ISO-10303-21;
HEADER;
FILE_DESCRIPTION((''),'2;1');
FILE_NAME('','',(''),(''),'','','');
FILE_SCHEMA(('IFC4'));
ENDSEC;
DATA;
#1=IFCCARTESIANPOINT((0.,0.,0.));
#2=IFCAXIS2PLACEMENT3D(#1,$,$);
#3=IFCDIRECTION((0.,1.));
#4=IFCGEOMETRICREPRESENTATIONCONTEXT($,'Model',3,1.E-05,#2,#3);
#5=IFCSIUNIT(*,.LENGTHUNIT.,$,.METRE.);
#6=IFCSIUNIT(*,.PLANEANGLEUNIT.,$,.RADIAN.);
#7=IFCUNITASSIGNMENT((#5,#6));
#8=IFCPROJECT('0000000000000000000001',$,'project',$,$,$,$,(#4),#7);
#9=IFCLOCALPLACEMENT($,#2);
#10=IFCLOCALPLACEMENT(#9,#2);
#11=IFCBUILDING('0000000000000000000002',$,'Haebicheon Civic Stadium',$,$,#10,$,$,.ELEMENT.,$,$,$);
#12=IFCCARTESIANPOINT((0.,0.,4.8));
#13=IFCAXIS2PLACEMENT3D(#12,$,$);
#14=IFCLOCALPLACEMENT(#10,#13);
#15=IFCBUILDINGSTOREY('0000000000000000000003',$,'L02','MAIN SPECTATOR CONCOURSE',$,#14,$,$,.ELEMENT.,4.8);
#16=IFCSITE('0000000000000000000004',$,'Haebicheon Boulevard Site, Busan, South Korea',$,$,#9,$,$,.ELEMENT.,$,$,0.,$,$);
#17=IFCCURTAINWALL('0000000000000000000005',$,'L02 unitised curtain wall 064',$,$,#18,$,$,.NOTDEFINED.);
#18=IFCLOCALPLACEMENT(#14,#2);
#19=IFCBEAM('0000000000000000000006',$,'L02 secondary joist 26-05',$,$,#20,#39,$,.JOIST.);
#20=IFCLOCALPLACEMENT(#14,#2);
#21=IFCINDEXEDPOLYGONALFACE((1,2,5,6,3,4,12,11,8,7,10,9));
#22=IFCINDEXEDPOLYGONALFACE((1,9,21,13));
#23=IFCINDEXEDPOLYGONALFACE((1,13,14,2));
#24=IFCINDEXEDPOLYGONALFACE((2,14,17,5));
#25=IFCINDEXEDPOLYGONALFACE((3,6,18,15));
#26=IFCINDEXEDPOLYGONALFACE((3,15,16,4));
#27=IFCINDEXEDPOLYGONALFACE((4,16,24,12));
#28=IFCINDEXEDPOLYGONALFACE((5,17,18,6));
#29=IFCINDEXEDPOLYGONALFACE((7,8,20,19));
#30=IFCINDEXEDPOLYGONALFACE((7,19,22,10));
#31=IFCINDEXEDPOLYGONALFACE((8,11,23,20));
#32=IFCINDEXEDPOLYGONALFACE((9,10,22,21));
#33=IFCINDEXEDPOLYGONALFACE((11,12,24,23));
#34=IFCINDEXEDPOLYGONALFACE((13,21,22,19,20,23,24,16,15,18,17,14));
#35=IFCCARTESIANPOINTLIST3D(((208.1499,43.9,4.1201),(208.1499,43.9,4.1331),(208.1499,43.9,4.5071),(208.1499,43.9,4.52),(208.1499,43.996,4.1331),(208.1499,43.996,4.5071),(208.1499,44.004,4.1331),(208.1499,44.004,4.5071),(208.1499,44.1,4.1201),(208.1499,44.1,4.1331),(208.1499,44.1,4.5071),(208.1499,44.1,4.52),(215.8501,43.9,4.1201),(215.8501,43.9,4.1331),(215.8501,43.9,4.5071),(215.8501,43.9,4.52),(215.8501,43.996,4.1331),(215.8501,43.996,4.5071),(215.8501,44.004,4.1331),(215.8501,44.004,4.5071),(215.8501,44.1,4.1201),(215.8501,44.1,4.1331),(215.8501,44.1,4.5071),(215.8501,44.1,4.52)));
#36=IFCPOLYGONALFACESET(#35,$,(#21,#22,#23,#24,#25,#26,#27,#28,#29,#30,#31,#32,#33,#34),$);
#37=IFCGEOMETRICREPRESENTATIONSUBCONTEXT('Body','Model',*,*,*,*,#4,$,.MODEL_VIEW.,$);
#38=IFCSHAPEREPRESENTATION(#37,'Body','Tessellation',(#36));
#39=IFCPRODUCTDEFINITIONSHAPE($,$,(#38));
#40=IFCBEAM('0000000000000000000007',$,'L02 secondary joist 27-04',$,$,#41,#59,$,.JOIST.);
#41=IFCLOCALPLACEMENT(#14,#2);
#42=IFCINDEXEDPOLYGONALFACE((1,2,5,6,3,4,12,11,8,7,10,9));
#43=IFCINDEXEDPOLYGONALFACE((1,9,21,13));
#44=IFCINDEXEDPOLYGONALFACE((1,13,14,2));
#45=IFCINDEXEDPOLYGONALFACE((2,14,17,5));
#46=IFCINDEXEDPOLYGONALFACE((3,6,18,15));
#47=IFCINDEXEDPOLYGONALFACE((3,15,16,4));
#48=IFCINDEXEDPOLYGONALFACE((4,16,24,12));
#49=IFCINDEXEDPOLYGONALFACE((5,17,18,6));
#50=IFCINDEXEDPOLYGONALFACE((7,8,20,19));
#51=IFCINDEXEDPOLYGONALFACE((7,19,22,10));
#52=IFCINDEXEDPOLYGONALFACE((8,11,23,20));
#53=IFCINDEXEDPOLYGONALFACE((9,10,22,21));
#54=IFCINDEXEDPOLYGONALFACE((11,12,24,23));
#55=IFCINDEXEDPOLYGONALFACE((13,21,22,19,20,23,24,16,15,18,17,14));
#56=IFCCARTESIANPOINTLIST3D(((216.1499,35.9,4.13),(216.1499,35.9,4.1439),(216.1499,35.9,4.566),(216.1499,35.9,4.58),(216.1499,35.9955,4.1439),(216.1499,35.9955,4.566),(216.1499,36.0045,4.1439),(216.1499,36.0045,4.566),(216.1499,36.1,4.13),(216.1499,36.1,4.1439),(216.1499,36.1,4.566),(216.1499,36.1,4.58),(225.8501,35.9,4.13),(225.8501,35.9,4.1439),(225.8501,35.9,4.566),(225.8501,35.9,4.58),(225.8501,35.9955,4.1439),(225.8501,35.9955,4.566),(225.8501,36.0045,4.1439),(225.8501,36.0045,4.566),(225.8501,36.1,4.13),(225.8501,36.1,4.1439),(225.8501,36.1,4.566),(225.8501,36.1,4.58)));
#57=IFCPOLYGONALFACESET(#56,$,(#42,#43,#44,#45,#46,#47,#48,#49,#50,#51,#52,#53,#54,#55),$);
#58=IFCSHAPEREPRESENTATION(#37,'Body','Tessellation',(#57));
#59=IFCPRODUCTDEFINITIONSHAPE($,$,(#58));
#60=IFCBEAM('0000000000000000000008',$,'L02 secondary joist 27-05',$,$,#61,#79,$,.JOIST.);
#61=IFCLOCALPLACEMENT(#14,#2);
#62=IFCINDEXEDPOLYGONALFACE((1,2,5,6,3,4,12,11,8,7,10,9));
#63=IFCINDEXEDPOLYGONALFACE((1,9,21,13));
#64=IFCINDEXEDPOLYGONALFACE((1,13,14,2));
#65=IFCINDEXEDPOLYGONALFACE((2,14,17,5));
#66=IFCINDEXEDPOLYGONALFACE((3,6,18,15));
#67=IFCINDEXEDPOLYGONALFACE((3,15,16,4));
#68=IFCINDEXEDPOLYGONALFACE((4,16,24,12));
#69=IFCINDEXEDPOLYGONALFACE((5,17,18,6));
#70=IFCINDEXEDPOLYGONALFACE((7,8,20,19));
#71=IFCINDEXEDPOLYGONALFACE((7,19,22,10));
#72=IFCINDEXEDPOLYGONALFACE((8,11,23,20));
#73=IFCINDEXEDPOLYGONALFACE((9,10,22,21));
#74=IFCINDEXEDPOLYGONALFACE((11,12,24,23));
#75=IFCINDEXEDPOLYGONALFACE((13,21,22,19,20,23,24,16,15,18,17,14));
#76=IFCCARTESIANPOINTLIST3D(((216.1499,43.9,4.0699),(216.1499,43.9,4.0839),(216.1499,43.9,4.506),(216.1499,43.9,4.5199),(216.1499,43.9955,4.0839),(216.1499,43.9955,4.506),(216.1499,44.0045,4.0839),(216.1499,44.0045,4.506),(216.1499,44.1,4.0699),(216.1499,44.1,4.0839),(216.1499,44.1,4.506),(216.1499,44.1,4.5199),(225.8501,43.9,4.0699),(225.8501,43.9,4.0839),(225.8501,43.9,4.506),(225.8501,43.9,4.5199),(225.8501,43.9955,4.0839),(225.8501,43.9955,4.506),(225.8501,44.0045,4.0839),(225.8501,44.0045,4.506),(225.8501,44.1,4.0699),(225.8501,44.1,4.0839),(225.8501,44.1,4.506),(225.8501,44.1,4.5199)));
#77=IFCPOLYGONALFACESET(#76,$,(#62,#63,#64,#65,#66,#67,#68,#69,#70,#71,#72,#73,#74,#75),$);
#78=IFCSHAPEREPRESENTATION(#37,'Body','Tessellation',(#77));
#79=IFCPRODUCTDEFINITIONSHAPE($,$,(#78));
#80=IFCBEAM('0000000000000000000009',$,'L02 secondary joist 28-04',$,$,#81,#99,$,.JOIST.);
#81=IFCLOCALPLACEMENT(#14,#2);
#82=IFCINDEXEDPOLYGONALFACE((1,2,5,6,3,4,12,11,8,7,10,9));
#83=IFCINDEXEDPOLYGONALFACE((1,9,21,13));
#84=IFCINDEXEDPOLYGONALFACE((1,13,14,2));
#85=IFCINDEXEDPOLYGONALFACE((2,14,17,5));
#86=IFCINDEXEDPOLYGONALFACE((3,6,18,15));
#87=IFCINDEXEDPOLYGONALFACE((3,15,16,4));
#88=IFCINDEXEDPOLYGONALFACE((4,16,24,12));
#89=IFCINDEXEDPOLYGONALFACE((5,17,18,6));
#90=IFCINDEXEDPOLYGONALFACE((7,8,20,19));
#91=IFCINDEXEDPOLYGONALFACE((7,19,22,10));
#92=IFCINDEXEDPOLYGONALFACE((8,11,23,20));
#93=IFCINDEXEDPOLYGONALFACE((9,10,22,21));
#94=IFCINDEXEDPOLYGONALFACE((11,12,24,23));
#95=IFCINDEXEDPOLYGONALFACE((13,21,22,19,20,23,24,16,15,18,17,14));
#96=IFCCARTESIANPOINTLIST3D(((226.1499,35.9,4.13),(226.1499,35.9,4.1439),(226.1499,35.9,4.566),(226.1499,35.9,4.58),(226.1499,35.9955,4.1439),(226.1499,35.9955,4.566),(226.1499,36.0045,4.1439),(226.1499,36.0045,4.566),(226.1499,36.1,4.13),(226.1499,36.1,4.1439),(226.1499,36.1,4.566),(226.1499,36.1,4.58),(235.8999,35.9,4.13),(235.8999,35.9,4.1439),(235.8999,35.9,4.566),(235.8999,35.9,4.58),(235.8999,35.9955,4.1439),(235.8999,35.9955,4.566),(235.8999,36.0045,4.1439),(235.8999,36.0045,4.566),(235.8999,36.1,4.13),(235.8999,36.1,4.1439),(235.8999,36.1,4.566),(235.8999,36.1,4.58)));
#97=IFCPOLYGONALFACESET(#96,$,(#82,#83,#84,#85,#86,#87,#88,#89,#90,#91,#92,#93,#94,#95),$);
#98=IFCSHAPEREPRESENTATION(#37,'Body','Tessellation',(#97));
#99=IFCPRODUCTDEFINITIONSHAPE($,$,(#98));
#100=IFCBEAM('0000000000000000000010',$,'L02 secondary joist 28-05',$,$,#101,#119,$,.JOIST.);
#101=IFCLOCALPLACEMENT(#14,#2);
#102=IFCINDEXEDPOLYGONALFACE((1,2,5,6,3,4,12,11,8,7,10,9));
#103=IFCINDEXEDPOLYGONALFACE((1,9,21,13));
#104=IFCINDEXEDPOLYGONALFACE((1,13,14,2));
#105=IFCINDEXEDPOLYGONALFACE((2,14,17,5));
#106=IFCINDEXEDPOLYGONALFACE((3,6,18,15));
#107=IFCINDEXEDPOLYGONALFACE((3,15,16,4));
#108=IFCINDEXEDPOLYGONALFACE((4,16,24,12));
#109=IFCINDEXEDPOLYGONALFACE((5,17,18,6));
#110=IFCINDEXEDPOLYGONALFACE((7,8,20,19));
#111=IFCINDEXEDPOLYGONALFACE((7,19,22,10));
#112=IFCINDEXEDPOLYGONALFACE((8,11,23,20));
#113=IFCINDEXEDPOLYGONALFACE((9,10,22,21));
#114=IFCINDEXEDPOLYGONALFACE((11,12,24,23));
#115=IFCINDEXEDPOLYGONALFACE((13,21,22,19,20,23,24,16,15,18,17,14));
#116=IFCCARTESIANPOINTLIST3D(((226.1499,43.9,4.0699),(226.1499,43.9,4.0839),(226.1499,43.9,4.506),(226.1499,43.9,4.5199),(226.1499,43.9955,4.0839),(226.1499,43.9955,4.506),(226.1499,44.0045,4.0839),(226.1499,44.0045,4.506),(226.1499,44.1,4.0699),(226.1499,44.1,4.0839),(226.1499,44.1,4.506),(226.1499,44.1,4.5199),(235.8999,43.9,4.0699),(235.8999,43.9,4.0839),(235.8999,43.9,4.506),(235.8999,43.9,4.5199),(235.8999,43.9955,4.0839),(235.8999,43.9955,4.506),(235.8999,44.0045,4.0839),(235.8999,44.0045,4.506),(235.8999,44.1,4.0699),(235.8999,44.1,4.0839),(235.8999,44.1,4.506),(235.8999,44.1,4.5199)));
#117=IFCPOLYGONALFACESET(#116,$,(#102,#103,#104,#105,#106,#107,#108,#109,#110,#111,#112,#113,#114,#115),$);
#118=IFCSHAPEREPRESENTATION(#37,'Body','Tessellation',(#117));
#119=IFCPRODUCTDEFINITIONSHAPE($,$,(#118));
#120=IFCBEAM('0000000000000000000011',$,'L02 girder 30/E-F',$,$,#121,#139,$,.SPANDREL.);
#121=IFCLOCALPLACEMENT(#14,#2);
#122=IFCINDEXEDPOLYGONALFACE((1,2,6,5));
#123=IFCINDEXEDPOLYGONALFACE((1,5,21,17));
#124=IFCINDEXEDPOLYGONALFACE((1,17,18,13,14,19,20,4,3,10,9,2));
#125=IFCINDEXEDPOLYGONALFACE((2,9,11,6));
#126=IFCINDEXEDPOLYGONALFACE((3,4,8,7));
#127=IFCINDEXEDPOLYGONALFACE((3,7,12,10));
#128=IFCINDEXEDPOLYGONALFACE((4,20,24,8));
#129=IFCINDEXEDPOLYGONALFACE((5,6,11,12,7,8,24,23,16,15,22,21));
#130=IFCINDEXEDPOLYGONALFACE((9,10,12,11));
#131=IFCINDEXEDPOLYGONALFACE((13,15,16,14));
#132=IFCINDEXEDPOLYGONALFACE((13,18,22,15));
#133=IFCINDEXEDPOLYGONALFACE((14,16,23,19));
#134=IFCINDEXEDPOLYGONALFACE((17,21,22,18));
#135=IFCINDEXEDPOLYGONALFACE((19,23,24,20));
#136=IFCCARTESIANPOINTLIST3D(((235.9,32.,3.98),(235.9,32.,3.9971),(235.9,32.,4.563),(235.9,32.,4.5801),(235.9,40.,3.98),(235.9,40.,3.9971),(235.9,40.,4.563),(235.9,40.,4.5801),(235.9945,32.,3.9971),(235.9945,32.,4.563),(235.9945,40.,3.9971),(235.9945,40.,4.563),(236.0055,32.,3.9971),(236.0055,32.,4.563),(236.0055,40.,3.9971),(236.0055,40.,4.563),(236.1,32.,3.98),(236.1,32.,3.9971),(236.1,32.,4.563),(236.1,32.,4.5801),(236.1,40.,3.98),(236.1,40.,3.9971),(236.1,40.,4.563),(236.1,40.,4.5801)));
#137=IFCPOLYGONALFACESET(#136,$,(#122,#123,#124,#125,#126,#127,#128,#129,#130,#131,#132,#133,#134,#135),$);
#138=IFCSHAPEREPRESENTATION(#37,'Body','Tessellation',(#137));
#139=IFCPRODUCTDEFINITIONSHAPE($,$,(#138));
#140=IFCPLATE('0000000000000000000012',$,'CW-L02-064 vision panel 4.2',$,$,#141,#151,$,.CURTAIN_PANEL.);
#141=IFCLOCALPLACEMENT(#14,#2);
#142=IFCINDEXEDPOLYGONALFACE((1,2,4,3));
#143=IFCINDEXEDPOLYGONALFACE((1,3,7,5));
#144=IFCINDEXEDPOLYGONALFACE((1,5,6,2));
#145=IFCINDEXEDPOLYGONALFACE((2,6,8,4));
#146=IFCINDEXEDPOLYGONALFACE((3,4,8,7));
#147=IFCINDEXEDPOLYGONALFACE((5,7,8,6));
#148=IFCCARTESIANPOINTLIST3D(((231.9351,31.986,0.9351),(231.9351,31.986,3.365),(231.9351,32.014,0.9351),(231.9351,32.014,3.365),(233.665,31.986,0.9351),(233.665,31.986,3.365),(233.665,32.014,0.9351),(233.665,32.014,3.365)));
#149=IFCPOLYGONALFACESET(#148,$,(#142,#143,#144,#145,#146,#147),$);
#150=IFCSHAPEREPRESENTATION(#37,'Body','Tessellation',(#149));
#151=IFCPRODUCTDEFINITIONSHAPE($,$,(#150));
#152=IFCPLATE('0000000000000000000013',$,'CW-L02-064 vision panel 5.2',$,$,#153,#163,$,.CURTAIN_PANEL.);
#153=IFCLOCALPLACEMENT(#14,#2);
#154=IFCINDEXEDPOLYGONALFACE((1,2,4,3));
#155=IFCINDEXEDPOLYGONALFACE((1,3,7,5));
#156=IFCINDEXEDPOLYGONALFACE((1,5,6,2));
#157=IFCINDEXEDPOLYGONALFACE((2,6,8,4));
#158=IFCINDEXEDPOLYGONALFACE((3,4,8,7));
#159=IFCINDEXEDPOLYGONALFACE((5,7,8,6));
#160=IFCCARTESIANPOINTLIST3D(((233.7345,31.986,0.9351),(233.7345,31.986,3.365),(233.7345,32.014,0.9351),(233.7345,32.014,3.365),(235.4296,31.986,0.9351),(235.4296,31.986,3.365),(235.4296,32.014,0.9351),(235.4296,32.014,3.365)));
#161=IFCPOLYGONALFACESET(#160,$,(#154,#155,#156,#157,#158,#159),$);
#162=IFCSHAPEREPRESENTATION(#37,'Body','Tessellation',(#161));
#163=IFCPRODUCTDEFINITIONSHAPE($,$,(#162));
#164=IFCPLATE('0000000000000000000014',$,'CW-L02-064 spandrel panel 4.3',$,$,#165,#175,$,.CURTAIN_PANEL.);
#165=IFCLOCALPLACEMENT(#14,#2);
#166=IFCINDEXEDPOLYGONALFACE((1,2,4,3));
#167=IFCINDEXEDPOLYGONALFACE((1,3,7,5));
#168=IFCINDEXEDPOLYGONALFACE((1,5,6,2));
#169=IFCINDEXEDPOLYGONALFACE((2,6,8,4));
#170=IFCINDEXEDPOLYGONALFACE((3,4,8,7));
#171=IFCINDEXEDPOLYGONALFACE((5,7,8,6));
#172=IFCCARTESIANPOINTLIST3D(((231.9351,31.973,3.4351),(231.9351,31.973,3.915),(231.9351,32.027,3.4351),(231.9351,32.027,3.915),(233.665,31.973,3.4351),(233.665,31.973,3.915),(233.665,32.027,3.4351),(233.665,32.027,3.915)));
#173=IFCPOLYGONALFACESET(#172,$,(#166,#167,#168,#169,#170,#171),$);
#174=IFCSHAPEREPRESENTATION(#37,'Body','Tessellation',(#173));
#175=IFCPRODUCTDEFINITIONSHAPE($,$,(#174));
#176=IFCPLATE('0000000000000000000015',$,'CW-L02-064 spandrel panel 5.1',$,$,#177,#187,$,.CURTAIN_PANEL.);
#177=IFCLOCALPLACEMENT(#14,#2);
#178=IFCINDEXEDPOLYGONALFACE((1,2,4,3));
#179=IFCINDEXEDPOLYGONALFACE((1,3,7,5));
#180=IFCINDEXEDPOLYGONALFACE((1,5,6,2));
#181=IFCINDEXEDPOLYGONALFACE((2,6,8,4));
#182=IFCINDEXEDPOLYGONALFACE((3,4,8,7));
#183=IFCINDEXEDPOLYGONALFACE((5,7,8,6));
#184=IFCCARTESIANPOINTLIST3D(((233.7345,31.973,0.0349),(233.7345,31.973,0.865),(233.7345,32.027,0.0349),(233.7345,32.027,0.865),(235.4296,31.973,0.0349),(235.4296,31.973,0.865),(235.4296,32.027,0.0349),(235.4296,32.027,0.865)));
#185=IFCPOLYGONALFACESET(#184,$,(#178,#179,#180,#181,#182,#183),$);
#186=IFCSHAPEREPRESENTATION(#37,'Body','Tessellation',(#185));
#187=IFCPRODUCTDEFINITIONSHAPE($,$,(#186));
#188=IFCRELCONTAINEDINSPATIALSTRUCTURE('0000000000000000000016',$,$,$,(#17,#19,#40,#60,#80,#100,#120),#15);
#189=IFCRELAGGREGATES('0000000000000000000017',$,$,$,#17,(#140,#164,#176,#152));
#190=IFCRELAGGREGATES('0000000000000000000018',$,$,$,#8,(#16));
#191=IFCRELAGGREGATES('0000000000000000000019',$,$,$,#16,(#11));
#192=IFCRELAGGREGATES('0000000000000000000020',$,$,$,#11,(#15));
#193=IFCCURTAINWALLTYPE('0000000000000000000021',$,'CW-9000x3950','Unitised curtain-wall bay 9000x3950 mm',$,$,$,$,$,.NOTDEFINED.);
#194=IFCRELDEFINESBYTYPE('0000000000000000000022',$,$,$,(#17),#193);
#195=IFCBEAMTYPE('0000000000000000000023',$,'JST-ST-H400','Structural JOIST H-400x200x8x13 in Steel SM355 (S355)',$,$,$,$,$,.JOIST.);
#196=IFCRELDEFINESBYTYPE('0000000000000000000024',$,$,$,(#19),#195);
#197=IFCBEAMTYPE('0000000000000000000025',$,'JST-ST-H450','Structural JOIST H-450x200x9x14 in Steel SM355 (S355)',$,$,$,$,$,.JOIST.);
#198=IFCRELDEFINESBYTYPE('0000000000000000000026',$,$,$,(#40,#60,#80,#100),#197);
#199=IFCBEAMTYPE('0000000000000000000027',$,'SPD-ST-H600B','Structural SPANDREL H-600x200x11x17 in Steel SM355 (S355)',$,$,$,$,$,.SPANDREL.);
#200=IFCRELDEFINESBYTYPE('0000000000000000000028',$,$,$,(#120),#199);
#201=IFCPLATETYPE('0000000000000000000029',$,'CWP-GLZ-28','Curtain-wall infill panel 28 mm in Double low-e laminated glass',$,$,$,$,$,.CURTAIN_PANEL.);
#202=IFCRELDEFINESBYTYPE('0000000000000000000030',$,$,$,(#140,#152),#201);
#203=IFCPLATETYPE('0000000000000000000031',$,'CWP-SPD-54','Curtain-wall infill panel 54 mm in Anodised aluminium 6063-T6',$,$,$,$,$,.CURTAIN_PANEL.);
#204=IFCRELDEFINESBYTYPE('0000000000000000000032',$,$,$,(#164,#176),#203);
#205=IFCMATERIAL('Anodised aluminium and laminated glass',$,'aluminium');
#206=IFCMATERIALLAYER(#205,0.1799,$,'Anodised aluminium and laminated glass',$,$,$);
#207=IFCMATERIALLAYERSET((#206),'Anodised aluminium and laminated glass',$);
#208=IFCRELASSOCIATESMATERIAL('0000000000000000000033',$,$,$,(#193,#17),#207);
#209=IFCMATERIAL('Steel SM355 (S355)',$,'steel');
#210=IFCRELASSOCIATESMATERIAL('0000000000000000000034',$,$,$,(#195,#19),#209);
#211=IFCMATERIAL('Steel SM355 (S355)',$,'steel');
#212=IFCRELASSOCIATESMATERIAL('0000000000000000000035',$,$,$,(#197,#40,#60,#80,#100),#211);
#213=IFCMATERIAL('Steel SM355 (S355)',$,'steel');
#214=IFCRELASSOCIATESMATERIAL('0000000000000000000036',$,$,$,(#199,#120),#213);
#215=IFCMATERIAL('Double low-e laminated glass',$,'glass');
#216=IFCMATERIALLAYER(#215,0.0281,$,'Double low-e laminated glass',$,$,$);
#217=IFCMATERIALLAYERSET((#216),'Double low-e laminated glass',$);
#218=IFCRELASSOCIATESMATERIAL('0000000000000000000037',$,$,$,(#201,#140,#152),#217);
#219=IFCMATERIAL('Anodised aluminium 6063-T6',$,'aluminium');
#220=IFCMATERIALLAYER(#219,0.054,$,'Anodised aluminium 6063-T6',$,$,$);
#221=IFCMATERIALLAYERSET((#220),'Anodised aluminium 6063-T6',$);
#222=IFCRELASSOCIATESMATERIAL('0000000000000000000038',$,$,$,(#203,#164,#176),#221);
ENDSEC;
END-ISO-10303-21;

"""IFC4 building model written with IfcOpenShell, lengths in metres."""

from ifc_helpers import new_model, si_unit, direction, frame, origin, origin_2d, place, context, subcontext, project, spatial, rectangle, i_section, extrude, material, layer, layer_set, material_profile, profile_set, type_object, element, aggregate, save


model = new_model("IFC4")

# Units and contexts
model_context = context("Model", 3, precision=1e-05, world=origin(), true_north=direction((0.0, 1.0)))
body_context = subcontext(model_context, "Body", "Model", "MODEL_VIEW")
ifc_project = project(units=[si_unit("LENGTHUNIT", "METRE"), si_unit("PLANEANGLEUNIT", "RADIAN")], contexts=[model_context])

# Site, building, storey
site_placement = place(None, origin())
site = spatial("IfcSite", under=ifc_project, at=site_placement, Name="Haebicheon Boulevard Site, Busan, South Korea", CompositionType="ELEMENT", RefElevation=0.0)
building_placement = place(site_placement, origin())
building = spatial("IfcBuilding", under=site, at=building_placement, Name="Haebicheon Civic Stadium", CompositionType="ELEMENT")
storey_placement = place(building_placement, frame((0.0, 0.0, 4.8)))
storey = spatial("IfcBuildingStorey", under=building, at=storey_placement, Name="L02", Description="MAIN SPECTATOR CONCOURSE", CompositionType="ELEMENT", Elevation=4.8)

# Curtain wall
ifc_material_1 = material(Name="Anodised aluminium and laminated glass", Category="aluminium")
ifc_layer_1 = layer(ifc_material_1, 0.1799, Name="Anodised aluminium and laminated glass")
ifc_layer_set_1 = layer_set([ifc_layer_1], Name="Anodised aluminium and laminated glass")
curtain_wall_type = type_object("IfcCurtainWallType", Name="CW-9000x3950", Description="Unitised curtain-wall bay 9000x3950 mm", PredefinedType="NOTDEFINED", material=ifc_layer_set_1)
curtain_wall_placement = place(storey_placement, origin())
curtain_wall = element("IfcCurtainWall", 1, at=curtain_wall_placement, inside=storey, type_object=curtain_wall_type, material=ifc_layer_set_1, Name="L02 unitised curtain wall 064", PredefinedType="NOTDEFINED")

# Beams
ifc_material_2 = material(Name="Steel SM355 (S355)", Category="steel")
ifc_material_profile_1 = material_profile(ifc_material_2, i_section(OverallWidth=0.2, OverallDepth=0.3999, WebThickness=0.0081, FlangeThickness=0.0129, at=origin_2d()), Name="H-400x200x8x13")
ifc_profile_set_1 = profile_set([ifc_material_profile_1], Name="Steel SM355 (S355)")
beam_type_1 = type_object("IfcBeamType", Name="JST-ST-H400", Description="Structural JOIST H-400x200x8x13 in Steel SM355 (S355)", PredefinedType="JOIST", material=ifc_profile_set_1)
for number, where, z_axis, x_axis, name in (
    (2, (208.1499, 44.0, 4.3201), (1.0, 0.0, 0.0), (0.0, 1.0, 0.0), "L02 secondary joist 26-05"),
):
    element("IfcBeam", number, at=place(storey_placement, frame(where, z_axis=z_axis, x_axis=x_axis)), inside=storey, type_object=beam_type_1, material=ifc_profile_set_1, Name=name, PredefinedType="JOIST", context=body_context, shape_type="SweptSolid", body=[
        extrude(i_section(OverallWidth=0.2, OverallDepth=0.3999, WebThickness=0.0081, FlangeThickness=0.0129, at=origin_2d()), origin(), (0.0, 0.0, 1.0), 7.7002),
    ])
ifc_material_3 = material(Name="Steel SM355 (S355)", Category="steel")
ifc_material_profile_2 = material_profile(ifc_material_3, i_section(OverallWidth=0.2, OverallDepth=0.45, WebThickness=0.009, FlangeThickness=0.0139, at=origin_2d()), Name="H-450x200x9x14")
ifc_profile_set_2 = profile_set([ifc_material_profile_2], Name="Steel SM355 (S355)")
beam_type_2 = type_object("IfcBeamType", Name="JST-ST-H450", Description="Structural JOIST H-450x200x9x14 in Steel SM355 (S355)", PredefinedType="JOIST", material=ifc_profile_set_2)
for number, where, z_axis, x_axis, name in (
    (3, (216.1499, 36.0, 4.355), (1.0, 0.0, 0.0), (0.0, 1.0, 0.0), "L02 secondary joist 27-04"),
    (4, (216.1499, 44.0, 4.2949), (1.0, 0.0, 0.0), (0.0, 1.0, 0.0), "L02 secondary joist 27-05"),
):
    element("IfcBeam", number, at=place(storey_placement, frame(where, z_axis=z_axis, x_axis=x_axis)), inside=storey, type_object=beam_type_2, material=ifc_profile_set_2, Name=name, PredefinedType="JOIST", context=body_context, shape_type="SweptSolid", body=[
        extrude(i_section(OverallWidth=0.2, OverallDepth=0.45, WebThickness=0.009, FlangeThickness=0.0139, at=origin_2d()), origin(), (0.0, 0.0, 1.0), 9.7002),
    ])
for number, where, z_axis, x_axis, name in (
    (5, (226.1499, 36.0, 4.355), (1.0, 0.0, 0.0), (0.0, 1.0, 0.0), "L02 secondary joist 28-04"),
    (6, (226.1499, 44.0, 4.2949), (1.0, 0.0, 0.0), (0.0, 1.0, 0.0), "L02 secondary joist 28-05"),
):
    element("IfcBeam", number, at=place(storey_placement, frame(where, z_axis=z_axis, x_axis=x_axis)), inside=storey, type_object=beam_type_2, material=ifc_profile_set_2, Name=name, PredefinedType="JOIST", context=body_context, shape_type="SweptSolid", body=[
        extrude(i_section(OverallWidth=0.2, OverallDepth=0.45, WebThickness=0.009, FlangeThickness=0.0139, at=origin_2d()), origin(), (0.0, 0.0, 1.0), 9.75),
    ])
ifc_material_4 = material(Name="Steel SM355 (S355)", Category="steel")
ifc_material_profile_3 = material_profile(ifc_material_4, i_section(OverallWidth=0.2, OverallDepth=0.6001, WebThickness=0.011, FlangeThickness=0.0171, at=origin_2d()), Name="H-600x200x11x17")
ifc_profile_set_3 = profile_set([ifc_material_profile_3], Name="Steel SM355 (S355)")
beam_type_3 = type_object("IfcBeamType", Name="SPD-ST-H600B", Description="Structural SPANDREL H-600x200x11x17 in Steel SM355 (S355)", PredefinedType="SPANDREL", material=ifc_profile_set_3)
beam_1_placement = place(storey_placement, frame((236.0, 32.0, 4.28), z_axis=(0.0, 1.0, 0.0), x_axis=(-1.0, 0.0, 0.0)))
element("IfcBeam", 7, at=beam_1_placement, inside=storey, type_object=beam_type_3, material=ifc_profile_set_3, Name="L02 girder 30/E-F", PredefinedType="SPANDREL", context=body_context, shape_type="SweptSolid", body=[
    extrude(i_section(OverallWidth=0.2, OverallDepth=0.6001, WebThickness=0.011, FlangeThickness=0.0171, at=origin_2d()), origin(), (0.0, 0.0, 1.0), 8.0),
])

# Plates
ifc_material_5 = material(Name="Double low-e laminated glass", Category="glass")
ifc_layer_2 = layer(ifc_material_5, 0.0281, Name="Double low-e laminated glass")
ifc_layer_set_2 = layer_set([ifc_layer_2], Name="Double low-e laminated glass")
plate_type_1 = type_object("IfcPlateType", Name="CWP-GLZ-28", Description="Curtain-wall infill panel 28 mm in Double low-e laminated glass", PredefinedType="CURTAIN_PANEL", material=ifc_layer_set_2)
plate_1_placement = place(storey_placement, frame((232.8, 32.0, 0.9351), z_axis=(0.0, 0.0, 1.0), x_axis=(1.0, 0.0, 0.0)))
plate_1 = element("IfcPlate", 8, at=plate_1_placement, type_object=plate_type_1, material=ifc_layer_set_2, Name="CW-L02-064 vision panel 4.2", PredefinedType="CURTAIN_PANEL", context=body_context, shape_type="SweptSolid", body=[
    extrude(rectangle(XDim=1.73, YDim=0.0281, at=origin_2d()), origin(), (0.0, 0.0, 1.0), 2.4299),
])
plate_2_placement = place(storey_placement, frame((234.582, 32.0, 0.9351), z_axis=(0.0, 0.0, 1.0), x_axis=(1.0, 0.0, 0.0)))
plate_2 = element("IfcPlate", 9, at=plate_2_placement, type_object=plate_type_1, material=ifc_layer_set_2, Name="CW-L02-064 vision panel 5.2", PredefinedType="CURTAIN_PANEL", context=body_context, shape_type="SweptSolid", body=[
    extrude(rectangle(XDim=1.6951, YDim=0.0281, at=origin_2d()), origin(), (0.0, 0.0, 1.0), 2.4299),
])
ifc_material_6 = material(Name="Anodised aluminium 6063-T6", Category="aluminium")
ifc_layer_3 = layer(ifc_material_6, 0.054, Name="Anodised aluminium 6063-T6")
ifc_layer_set_3 = layer_set([ifc_layer_3], Name="Anodised aluminium 6063-T6")
plate_type_2 = type_object("IfcPlateType", Name="CWP-SPD-54", Description="Curtain-wall infill panel 54 mm in Anodised aluminium 6063-T6", PredefinedType="CURTAIN_PANEL", material=ifc_layer_set_3)
plate_3_placement = place(storey_placement, frame((232.8, 32.0, 3.4351), z_axis=(0.0, 0.0, 1.0), x_axis=(1.0, 0.0, 0.0)))
plate_3 = element("IfcPlate", 10, at=plate_3_placement, type_object=plate_type_2, material=ifc_layer_set_3, Name="CW-L02-064 spandrel panel 4.3", PredefinedType="CURTAIN_PANEL", context=body_context, shape_type="SweptSolid", body=[
    extrude(rectangle(XDim=1.73, YDim=0.054, at=origin_2d()), origin(), (0.0, 0.0, 1.0), 0.48),
])
plate_4_placement = place(storey_placement, frame((234.582, 32.0, 0.0349), z_axis=(0.0, 0.0, 1.0), x_axis=(1.0, 0.0, 0.0)))
plate_4 = element("IfcPlate", 11, at=plate_4_placement, type_object=plate_type_2, material=ifc_layer_set_3, Name="CW-L02-064 spandrel panel 5.1", PredefinedType="CURTAIN_PANEL", context=body_context, shape_type="SweptSolid", body=[
    extrude(rectangle(XDim=1.6951, YDim=0.054, at=origin_2d()), origin(), (0.0, 0.0, 1.0), 0.8301),
])
aggregate(curtain_wall, [plate_1, plate_3, plate_4, plate_2])

save(model, "model.ifc")
